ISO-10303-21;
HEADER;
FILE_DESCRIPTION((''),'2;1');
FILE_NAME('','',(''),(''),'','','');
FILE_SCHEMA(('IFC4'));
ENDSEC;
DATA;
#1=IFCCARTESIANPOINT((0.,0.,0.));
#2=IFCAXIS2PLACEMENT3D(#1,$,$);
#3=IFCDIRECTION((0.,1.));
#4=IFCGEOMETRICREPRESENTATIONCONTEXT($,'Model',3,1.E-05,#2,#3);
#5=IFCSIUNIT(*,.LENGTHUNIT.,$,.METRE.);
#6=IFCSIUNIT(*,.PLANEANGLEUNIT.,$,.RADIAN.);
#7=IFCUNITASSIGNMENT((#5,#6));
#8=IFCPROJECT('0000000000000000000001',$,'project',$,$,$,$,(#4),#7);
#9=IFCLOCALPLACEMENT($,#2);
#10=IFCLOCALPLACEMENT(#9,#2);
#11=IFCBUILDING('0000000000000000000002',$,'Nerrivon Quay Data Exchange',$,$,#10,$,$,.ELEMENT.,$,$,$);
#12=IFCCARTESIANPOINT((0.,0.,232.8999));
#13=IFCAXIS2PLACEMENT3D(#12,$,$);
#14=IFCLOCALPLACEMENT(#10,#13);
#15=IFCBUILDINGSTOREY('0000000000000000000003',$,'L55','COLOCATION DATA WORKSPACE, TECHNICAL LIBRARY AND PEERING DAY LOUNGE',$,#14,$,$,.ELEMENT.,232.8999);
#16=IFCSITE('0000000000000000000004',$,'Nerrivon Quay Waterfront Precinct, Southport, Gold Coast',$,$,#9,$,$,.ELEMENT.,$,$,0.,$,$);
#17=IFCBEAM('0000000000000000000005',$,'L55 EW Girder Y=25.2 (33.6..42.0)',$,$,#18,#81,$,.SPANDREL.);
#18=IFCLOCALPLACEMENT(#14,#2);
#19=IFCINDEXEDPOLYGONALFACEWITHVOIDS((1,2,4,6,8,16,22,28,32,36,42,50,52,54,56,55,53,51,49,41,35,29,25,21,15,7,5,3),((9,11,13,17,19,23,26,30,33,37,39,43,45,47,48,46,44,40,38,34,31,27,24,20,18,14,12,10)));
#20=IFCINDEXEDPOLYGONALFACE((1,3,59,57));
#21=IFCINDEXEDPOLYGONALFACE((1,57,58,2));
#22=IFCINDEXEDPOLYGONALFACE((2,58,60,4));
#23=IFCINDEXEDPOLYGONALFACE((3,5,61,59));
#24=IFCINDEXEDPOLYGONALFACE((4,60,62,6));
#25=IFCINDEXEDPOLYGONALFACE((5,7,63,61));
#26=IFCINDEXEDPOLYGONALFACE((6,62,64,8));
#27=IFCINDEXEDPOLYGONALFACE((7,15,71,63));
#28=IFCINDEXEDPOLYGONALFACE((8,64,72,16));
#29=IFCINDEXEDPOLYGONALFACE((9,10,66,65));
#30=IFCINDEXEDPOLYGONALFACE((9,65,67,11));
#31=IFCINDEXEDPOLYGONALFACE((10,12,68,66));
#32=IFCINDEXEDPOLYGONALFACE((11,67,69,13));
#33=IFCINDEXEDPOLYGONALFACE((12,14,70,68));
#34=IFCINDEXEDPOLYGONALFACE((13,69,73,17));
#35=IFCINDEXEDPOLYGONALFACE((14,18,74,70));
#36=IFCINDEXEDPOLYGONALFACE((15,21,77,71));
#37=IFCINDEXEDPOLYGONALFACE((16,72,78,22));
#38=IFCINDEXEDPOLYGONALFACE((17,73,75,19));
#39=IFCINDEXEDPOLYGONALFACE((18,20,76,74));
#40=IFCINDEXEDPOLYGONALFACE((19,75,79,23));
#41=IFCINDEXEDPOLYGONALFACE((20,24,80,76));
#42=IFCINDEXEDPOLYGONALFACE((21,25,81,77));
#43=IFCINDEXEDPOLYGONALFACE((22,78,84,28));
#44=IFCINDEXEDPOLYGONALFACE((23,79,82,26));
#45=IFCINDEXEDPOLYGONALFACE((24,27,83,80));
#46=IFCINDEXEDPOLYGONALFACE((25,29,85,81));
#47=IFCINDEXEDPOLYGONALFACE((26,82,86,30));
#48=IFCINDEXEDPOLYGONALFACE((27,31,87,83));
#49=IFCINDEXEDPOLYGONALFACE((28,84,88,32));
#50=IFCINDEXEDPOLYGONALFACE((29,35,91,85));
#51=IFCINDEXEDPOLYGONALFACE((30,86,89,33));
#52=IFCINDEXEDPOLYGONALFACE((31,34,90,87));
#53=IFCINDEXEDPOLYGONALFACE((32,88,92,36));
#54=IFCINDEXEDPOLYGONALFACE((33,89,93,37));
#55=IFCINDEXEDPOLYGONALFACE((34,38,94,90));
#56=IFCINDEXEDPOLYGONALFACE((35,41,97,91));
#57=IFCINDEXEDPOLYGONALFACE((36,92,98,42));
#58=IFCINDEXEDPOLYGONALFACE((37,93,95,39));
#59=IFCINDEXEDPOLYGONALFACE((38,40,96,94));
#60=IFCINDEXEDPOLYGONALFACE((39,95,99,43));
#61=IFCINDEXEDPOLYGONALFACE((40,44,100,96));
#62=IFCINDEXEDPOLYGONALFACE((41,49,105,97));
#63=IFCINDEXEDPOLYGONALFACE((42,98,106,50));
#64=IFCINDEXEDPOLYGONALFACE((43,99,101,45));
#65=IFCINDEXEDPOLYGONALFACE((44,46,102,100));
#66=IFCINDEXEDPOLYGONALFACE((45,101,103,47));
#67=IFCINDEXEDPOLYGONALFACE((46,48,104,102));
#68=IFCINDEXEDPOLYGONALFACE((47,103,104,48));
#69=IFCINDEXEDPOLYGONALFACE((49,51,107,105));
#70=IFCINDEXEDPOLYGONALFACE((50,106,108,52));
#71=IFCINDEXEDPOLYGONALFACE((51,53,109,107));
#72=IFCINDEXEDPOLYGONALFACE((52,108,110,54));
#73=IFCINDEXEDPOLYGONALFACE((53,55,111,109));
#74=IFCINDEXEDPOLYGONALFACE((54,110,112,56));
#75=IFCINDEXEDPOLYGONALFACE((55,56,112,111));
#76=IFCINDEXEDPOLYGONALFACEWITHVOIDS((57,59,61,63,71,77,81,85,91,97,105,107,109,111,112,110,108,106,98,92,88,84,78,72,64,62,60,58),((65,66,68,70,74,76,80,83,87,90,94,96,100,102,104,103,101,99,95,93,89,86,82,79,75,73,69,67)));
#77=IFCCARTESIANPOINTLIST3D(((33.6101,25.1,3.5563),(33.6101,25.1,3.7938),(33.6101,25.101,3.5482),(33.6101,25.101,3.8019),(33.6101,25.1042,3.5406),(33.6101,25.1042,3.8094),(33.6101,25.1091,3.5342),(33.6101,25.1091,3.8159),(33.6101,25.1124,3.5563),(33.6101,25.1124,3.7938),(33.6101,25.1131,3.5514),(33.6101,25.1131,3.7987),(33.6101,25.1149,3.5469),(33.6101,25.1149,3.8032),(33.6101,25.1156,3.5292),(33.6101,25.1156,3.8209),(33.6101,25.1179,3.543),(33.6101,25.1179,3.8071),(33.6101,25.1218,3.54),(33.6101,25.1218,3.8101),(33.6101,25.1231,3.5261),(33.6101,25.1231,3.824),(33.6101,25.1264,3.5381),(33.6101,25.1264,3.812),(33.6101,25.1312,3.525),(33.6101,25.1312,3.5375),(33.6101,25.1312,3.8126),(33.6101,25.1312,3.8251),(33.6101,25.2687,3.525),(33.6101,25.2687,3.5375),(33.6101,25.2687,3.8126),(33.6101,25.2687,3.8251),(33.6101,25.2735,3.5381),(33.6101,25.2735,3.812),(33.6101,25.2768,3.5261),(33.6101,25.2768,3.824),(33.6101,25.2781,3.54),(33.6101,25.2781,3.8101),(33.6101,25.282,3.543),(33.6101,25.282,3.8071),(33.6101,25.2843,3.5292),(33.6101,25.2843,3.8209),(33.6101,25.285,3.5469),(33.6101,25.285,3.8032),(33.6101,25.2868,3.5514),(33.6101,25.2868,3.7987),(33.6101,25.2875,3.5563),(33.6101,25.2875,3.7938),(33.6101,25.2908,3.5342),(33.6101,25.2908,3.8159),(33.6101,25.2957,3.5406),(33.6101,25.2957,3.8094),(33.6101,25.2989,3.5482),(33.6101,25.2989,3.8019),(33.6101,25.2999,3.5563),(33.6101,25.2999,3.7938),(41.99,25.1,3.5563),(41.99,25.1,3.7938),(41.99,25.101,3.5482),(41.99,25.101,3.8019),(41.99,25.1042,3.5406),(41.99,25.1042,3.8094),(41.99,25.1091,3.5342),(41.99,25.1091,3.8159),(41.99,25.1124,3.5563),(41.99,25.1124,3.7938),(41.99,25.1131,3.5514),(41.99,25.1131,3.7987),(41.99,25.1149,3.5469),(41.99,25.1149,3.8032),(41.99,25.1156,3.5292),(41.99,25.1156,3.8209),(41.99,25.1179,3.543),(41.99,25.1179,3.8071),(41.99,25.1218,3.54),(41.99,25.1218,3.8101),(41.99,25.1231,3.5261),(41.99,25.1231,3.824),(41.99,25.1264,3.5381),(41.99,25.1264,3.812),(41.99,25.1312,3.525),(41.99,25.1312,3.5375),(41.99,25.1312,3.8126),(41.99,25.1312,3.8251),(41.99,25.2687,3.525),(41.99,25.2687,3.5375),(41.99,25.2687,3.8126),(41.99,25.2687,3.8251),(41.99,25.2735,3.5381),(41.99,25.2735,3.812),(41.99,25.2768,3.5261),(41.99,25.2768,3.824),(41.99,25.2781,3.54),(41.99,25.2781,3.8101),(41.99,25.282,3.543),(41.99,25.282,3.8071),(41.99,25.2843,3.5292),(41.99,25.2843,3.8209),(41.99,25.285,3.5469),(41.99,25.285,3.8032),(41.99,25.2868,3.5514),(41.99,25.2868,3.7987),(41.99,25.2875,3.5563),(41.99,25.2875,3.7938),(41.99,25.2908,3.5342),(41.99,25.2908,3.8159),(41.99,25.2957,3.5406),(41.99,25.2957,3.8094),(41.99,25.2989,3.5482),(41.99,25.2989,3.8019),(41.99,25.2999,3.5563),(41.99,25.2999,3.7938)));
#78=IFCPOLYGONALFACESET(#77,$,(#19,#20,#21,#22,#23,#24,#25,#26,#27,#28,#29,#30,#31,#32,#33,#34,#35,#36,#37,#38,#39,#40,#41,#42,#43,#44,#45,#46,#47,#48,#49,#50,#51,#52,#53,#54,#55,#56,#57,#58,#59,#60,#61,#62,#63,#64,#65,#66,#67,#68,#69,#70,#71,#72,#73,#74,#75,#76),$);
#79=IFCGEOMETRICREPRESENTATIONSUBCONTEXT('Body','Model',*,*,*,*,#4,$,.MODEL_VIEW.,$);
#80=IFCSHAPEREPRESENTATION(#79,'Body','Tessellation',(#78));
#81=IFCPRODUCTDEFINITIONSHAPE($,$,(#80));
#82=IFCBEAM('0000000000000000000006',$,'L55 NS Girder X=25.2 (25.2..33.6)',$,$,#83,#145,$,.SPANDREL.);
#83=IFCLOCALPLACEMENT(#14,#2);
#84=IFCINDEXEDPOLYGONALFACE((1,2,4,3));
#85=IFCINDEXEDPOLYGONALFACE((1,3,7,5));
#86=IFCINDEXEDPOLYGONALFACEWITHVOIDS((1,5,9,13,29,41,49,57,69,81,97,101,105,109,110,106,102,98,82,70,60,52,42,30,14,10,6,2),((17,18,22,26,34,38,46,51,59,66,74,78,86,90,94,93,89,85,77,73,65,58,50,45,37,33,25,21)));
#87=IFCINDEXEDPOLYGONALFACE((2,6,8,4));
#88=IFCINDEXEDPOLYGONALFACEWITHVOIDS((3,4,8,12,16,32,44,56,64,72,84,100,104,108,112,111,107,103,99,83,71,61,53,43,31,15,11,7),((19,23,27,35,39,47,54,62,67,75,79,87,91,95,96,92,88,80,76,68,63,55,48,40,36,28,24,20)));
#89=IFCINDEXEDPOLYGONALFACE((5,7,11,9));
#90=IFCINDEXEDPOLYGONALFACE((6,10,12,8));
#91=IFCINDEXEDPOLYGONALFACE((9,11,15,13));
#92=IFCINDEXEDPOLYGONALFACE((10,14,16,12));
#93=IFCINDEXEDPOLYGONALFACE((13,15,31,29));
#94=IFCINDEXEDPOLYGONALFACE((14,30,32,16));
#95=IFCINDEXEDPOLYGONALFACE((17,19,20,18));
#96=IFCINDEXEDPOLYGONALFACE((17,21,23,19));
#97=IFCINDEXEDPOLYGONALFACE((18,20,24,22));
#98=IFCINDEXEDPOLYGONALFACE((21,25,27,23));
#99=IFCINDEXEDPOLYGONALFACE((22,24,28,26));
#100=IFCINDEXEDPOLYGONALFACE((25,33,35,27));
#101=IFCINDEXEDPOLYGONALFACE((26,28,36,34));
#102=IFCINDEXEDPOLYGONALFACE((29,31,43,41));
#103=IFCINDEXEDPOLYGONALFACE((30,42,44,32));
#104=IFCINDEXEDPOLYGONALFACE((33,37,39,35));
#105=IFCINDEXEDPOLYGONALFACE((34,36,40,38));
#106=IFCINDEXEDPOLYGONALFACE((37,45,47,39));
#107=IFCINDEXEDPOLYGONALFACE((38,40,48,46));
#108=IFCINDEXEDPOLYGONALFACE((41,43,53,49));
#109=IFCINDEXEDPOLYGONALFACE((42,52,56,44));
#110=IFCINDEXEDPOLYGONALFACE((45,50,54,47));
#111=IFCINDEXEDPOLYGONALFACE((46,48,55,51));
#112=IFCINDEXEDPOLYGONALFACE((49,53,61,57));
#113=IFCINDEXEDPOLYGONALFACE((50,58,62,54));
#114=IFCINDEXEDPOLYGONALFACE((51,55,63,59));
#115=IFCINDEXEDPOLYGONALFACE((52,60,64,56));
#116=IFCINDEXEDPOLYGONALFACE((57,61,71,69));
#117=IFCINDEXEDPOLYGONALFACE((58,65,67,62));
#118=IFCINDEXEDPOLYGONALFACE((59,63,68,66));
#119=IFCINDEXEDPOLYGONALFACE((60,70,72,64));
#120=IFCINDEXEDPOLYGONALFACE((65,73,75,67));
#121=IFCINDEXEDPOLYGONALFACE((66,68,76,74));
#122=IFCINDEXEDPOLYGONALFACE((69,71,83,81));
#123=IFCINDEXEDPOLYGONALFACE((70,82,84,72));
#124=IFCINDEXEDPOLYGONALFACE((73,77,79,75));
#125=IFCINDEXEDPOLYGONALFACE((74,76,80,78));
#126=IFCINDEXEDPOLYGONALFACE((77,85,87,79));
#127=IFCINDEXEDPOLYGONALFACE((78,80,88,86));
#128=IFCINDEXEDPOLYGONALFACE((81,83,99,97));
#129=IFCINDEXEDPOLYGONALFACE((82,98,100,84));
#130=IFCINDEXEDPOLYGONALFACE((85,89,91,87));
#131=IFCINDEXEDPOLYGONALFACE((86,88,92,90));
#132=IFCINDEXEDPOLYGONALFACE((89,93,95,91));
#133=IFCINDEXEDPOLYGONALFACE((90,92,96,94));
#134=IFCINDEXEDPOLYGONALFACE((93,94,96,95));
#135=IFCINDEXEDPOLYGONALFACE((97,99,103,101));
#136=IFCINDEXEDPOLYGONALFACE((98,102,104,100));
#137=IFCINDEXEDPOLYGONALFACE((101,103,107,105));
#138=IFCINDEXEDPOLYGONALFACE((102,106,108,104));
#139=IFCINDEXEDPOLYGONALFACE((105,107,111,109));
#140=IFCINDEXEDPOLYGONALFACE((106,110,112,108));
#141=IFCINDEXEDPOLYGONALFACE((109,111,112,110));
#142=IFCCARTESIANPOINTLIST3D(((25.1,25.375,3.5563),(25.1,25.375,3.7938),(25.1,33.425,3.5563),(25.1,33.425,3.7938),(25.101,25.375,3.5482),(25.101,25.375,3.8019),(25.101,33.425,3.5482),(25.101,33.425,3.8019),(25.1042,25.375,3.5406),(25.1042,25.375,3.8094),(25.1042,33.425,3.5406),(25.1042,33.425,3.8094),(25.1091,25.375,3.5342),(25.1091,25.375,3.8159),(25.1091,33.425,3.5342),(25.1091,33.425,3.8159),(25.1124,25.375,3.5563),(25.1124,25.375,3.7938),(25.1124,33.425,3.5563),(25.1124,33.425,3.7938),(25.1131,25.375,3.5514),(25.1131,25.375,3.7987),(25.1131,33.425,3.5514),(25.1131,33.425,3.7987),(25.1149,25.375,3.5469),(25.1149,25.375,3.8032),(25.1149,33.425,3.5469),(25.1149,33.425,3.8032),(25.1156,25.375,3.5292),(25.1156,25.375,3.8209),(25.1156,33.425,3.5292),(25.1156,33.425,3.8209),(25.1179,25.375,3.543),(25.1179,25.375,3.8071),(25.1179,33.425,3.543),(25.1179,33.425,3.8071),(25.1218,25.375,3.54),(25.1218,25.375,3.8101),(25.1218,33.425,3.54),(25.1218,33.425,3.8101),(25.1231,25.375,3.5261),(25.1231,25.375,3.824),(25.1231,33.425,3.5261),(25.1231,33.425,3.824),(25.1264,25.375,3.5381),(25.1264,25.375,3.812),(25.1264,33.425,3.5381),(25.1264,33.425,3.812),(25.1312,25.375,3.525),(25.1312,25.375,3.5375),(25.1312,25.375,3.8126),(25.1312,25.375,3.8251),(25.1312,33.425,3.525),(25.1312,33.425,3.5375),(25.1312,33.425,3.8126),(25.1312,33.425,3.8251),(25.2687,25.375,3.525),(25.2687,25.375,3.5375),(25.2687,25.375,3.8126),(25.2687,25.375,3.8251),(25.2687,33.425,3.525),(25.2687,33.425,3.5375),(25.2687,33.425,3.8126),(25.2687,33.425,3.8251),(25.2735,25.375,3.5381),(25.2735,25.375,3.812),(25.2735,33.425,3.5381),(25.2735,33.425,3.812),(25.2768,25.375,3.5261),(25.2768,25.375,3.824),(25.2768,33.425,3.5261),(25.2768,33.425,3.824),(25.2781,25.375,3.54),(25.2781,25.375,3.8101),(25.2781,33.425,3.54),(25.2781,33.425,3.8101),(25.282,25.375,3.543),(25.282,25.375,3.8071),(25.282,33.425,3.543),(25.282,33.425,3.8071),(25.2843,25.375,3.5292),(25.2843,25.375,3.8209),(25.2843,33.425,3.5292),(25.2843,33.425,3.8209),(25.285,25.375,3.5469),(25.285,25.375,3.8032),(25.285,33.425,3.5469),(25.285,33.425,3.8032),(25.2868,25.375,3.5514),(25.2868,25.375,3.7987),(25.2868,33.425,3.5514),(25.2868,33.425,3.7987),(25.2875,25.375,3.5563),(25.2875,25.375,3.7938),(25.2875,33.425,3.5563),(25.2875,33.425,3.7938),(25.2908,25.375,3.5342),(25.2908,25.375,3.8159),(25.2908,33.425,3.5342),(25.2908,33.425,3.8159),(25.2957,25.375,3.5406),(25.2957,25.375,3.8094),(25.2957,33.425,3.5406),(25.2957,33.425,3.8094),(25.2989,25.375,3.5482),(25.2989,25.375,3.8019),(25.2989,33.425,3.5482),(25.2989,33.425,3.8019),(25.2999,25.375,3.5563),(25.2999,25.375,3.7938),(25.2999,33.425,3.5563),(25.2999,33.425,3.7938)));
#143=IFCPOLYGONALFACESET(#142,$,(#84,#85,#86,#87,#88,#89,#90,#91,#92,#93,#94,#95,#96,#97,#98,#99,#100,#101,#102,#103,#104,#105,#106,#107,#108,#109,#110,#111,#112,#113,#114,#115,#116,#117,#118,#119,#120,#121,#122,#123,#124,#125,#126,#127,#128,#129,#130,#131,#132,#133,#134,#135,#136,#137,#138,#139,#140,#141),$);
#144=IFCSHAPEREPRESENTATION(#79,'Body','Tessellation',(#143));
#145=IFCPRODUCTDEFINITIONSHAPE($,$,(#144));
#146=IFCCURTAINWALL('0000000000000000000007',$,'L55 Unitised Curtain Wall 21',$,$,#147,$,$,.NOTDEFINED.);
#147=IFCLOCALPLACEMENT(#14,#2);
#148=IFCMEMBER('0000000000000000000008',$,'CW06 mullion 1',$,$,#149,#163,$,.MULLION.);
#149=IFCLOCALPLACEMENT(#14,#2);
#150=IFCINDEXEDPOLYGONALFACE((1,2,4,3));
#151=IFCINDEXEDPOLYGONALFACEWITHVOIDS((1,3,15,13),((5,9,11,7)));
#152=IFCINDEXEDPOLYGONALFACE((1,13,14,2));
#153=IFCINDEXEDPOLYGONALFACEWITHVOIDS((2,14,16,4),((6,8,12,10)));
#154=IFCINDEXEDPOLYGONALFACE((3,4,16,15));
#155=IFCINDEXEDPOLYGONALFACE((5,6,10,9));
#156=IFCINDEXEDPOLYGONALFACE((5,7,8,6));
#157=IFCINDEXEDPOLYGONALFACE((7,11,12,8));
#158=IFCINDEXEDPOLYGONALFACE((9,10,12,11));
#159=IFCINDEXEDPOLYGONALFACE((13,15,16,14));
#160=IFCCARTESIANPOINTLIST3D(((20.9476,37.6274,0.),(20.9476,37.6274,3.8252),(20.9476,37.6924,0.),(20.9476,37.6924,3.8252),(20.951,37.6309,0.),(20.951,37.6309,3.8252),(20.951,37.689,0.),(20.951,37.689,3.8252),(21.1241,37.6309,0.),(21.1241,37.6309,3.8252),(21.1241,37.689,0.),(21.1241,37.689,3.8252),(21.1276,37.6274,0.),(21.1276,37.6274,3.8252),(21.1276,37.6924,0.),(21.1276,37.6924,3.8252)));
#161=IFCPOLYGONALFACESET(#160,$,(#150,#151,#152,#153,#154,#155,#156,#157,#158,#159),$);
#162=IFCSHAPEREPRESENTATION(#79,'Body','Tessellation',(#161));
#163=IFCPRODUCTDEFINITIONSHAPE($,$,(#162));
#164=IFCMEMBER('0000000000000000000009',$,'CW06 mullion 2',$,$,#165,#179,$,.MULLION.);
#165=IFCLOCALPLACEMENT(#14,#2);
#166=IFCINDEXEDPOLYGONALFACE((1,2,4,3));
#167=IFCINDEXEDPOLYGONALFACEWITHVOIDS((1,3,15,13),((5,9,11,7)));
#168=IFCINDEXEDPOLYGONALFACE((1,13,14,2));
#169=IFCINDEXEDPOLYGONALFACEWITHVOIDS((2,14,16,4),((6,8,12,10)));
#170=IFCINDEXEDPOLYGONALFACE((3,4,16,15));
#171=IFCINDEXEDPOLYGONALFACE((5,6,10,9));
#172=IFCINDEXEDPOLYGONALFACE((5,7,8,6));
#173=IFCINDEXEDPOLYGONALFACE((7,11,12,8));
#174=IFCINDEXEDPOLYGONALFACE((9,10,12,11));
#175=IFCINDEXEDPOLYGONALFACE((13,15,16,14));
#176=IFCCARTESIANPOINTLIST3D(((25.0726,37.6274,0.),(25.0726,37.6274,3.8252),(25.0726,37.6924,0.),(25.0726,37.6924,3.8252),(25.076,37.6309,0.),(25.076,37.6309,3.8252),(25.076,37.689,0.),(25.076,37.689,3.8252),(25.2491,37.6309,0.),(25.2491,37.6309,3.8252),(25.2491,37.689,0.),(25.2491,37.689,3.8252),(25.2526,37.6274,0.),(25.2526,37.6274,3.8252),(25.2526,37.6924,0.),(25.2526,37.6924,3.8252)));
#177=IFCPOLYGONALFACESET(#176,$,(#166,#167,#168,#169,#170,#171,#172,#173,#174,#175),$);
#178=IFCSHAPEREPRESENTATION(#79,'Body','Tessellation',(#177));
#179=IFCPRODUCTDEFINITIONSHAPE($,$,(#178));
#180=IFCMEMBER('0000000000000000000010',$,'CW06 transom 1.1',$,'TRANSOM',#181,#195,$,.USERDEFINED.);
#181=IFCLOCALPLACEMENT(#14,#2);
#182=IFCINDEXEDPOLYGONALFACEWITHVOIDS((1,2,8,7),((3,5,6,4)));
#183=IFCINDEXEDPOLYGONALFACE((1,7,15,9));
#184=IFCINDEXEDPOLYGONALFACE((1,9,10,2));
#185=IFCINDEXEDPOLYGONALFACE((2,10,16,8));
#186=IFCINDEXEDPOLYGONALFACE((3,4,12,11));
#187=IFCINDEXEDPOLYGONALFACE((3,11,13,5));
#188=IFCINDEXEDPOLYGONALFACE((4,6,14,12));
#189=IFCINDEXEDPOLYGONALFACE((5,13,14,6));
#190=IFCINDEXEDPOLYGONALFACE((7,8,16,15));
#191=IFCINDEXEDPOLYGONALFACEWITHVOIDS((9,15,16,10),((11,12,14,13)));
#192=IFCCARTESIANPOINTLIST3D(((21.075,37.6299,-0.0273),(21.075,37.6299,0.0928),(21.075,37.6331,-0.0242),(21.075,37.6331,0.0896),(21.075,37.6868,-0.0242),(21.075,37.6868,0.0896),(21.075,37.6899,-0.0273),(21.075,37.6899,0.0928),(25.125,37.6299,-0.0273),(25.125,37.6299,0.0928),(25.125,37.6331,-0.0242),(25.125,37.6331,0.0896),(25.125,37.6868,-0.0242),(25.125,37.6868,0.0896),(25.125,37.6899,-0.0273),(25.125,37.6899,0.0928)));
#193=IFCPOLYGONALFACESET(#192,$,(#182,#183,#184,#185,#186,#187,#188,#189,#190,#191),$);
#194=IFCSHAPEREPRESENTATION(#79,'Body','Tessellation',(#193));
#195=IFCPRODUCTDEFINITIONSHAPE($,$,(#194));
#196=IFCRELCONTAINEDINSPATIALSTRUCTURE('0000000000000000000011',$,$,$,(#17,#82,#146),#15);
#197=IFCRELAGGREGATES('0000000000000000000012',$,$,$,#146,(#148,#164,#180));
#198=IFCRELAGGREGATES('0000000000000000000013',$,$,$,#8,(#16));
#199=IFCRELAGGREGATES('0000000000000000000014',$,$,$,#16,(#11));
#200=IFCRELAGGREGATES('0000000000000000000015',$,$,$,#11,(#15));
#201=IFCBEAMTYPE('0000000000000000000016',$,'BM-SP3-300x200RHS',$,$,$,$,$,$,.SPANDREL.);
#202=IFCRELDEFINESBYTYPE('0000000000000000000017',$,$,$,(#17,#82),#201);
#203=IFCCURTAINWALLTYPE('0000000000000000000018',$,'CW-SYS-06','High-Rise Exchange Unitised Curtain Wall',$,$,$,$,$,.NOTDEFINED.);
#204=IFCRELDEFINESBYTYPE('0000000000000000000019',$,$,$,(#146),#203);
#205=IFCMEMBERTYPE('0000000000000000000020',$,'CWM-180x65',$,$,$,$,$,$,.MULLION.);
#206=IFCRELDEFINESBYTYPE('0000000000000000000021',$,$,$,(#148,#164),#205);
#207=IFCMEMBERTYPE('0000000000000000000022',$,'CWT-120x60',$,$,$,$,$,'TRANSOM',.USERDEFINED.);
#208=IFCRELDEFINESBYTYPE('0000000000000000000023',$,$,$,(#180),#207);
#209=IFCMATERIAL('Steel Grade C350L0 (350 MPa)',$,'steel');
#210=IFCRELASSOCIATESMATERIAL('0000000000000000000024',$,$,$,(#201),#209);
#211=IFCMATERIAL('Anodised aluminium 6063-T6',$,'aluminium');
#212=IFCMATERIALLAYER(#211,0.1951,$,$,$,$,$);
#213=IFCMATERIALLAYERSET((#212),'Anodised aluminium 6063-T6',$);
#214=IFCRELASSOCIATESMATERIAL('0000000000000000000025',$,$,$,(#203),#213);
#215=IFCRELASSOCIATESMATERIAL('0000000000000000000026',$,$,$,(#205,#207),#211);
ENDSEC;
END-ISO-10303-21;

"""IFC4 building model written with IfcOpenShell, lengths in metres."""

from ifc_helpers import new_model, si_unit, direction, frame, origin, origin_2d, place, context, subcontext, project, spatial, hollow_rectangle, extrude, material, layer, layer_set, material_profile, profile_set, type_object, element, aggregate, save


model = new_model("IFC4")

# Units and contexts
model_context = context("Model", 3, precision=1e-05, world=origin(), true_north=direction((0.0, 1.0)))
body_context = subcontext(model_context, "Body", "Model", "MODEL_VIEW")
ifc_project = project(units=[si_unit("LENGTHUNIT", "METRE"), si_unit("PLANEANGLEUNIT", "RADIAN")], contexts=[model_context])

# Site, building, storey
site_placement = place(None, origin())
site = spatial("IfcSite", under=ifc_project, at=site_placement, Name="Nerrivon Quay Waterfront Precinct, Southport, Gold Coast", CompositionType="ELEMENT", RefElevation=0.0)
building_placement = place(site_placement, origin())
building = spatial("IfcBuilding", under=site, at=building_placement, Name="Nerrivon Quay Data Exchange", CompositionType="ELEMENT")
storey_placement = place(building_placement, frame((0.0, 0.0, 232.8999)))
storey = spatial("IfcBuildingStorey", under=building, at=storey_placement, Name="L55", Description="COLOCATION DATA WORKSPACE, TECHNICAL LIBRARY AND PEERING DAY LOUNGE", CompositionType="ELEMENT", Elevation=232.8999)

# Beams
ifc_material_1 = material(Name="Steel Grade C350L0 (350 MPa)", Category="steel")
ifc_material_profile_1 = material_profile(ifc_material_1, hollow_rectangle(XDim=0.2, YDim=0.3, WallThickness=0.0125, InnerFilletRadius=0.0188, OuterFilletRadius=0.0312, at=origin_2d()), Name="300x200x12.5RHS")
ifc_profile_set_1 = profile_set([ifc_material_profile_1], Name="Steel Grade C350L0 (350 MPa)")
beam_type = type_object("IfcBeamType", Name="BM-SP3-300x200RHS", PredefinedType="SPANDREL", material=ifc_profile_set_1)
beam_1_placement = place(storey_placement, frame((33.6101, 25.2, 3.675), z_axis=(1.0, 0.0, 0.0), x_axis=(0.0, 1.0, 0.0)))
element("IfcBeam", 1, at=beam_1_placement, inside=storey, type_object=beam_type, Name="L55 EW Girder Y=25.2 (33.6..42.0)", PredefinedType="SPANDREL", context=body_context, shape_type="SweptSolid", body=[
    extrude(hollow_rectangle(XDim=0.2, YDim=0.3, WallThickness=0.0125, InnerFilletRadius=0.0188, OuterFilletRadius=0.0312, at=origin_2d()), origin(), (0.0, 0.0, 1.0), 8.3799),
])
beam_2_placement = place(storey_placement, frame((25.2, 25.375, 3.675), z_axis=(0.0, 1.0, 0.0), x_axis=(-1.0, 0.0, 0.0)))
element("IfcBeam", 2, at=beam_2_placement, inside=storey, type_object=beam_type, Name="L55 NS Girder X=25.2 (25.2..33.6)", PredefinedType="SPANDREL", context=body_context, shape_type="SweptSolid", body=[
    extrude(hollow_rectangle(XDim=0.2, YDim=0.3, WallThickness=0.0125, InnerFilletRadius=0.0188, OuterFilletRadius=0.0312, at=origin_2d()), origin(), (0.0, 0.0, 1.0), 8.05),
])

# Curtain wall, members
ifc_material_2 = material(Name="Anodised aluminium 6063-T6", Category="aluminium")
ifc_layer_1 = layer(ifc_material_2, 0.1951)
ifc_layer_set_1 = layer_set([ifc_layer_1], Name="Anodised aluminium 6063-T6")
curtain_wall_type = type_object("IfcCurtainWallType", Name="CW-SYS-06", Description="High-Rise Exchange Unitised Curtain Wall", PredefinedType="NOTDEFINED", material=ifc_layer_set_1)
curtain_wall_placement = place(storey_placement, origin())
curtain_wall = element("IfcCurtainWall", 3, at=curtain_wall_placement, inside=storey, type_object=curtain_wall_type, Name="L55 Unitised Curtain Wall 21", PredefinedType="NOTDEFINED")
ifc_material_profile_2 = material_profile(ifc_material_2, hollow_rectangle(XDim=0.0649, YDim=0.1799, WallThickness=0.0034, at=origin_2d()), Name="ALU-MULL-180x65")
ifc_profile_set_2 = profile_set([ifc_material_profile_2], Name="Anodised aluminium 6063-T6")
member_type_1 = type_object("IfcMemberType", Name="CWM-180x65", PredefinedType="MULLION", material=ifc_profile_set_2)
member_1_placement = place(storey_placement, frame((21.0376, 37.6599, 0.0), z_axis=(0.0, 0.0, 1.0), x_axis=(0.0, 1.0, 0.0)))
member_1 = element("IfcMember", 4, at=member_1_placement, type_object=member_type_1, Name="CW06 mullion 1", PredefinedType="MULLION", context=body_context, shape_type="SweptSolid", body=[
    extrude(hollow_rectangle(XDim=0.0649, YDim=0.1799, WallThickness=0.0034, at=origin_2d()), origin(), (0.0, 0.0, 1.0), 3.8252),
])
member_2_placement = place(storey_placement, frame((25.1626, 37.6599, 0.0), z_axis=(0.0, 0.0, 1.0), x_axis=(0.0, 1.0, 0.0)))
member_2 = element("IfcMember", 5, at=member_2_placement, type_object=member_type_1, Name="CW06 mullion 2", PredefinedType="MULLION", context=body_context, shape_type="SweptSolid", body=[
    extrude(hollow_rectangle(XDim=0.0649, YDim=0.1799, WallThickness=0.0034, at=origin_2d()), origin(), (0.0, 0.0, 1.0), 3.8252),
])
ifc_material_profile_3 = material_profile(ifc_material_2, hollow_rectangle(XDim=0.0601, YDim=0.1201, WallThickness=0.0032, at=origin_2d()), Name="ALU-TRAN-120x60")
ifc_profile_set_3 = profile_set([ifc_material_profile_3], Name="Anodised aluminium 6063-T6")
member_type_2 = type_object("IfcMemberType", Name="CWT-120x60", ElementType="TRANSOM", PredefinedType="USERDEFINED", material=ifc_profile_set_3)
member_3_placement = place(storey_placement, frame((21.075, 37.6599, 0.0327), z_axis=(1.0, 0.0, 0.0), x_axis=(0.0, 1.0, 0.0)))
member_3 = element("IfcMember", 6, at=member_3_placement, type_object=member_type_2, Name="CW06 transom 1.1", ObjectType="TRANSOM", PredefinedType="USERDEFINED", context=body_context, shape_type="SweptSolid", body=[
    extrude(hollow_rectangle(XDim=0.0601, YDim=0.1201, WallThickness=0.0032, at=origin_2d()), origin(), (0.0, 0.0, 1.0), 4.05),
])
aggregate(curtain_wall, [member_1, member_2, member_3])

save(model, "model.ifc")
